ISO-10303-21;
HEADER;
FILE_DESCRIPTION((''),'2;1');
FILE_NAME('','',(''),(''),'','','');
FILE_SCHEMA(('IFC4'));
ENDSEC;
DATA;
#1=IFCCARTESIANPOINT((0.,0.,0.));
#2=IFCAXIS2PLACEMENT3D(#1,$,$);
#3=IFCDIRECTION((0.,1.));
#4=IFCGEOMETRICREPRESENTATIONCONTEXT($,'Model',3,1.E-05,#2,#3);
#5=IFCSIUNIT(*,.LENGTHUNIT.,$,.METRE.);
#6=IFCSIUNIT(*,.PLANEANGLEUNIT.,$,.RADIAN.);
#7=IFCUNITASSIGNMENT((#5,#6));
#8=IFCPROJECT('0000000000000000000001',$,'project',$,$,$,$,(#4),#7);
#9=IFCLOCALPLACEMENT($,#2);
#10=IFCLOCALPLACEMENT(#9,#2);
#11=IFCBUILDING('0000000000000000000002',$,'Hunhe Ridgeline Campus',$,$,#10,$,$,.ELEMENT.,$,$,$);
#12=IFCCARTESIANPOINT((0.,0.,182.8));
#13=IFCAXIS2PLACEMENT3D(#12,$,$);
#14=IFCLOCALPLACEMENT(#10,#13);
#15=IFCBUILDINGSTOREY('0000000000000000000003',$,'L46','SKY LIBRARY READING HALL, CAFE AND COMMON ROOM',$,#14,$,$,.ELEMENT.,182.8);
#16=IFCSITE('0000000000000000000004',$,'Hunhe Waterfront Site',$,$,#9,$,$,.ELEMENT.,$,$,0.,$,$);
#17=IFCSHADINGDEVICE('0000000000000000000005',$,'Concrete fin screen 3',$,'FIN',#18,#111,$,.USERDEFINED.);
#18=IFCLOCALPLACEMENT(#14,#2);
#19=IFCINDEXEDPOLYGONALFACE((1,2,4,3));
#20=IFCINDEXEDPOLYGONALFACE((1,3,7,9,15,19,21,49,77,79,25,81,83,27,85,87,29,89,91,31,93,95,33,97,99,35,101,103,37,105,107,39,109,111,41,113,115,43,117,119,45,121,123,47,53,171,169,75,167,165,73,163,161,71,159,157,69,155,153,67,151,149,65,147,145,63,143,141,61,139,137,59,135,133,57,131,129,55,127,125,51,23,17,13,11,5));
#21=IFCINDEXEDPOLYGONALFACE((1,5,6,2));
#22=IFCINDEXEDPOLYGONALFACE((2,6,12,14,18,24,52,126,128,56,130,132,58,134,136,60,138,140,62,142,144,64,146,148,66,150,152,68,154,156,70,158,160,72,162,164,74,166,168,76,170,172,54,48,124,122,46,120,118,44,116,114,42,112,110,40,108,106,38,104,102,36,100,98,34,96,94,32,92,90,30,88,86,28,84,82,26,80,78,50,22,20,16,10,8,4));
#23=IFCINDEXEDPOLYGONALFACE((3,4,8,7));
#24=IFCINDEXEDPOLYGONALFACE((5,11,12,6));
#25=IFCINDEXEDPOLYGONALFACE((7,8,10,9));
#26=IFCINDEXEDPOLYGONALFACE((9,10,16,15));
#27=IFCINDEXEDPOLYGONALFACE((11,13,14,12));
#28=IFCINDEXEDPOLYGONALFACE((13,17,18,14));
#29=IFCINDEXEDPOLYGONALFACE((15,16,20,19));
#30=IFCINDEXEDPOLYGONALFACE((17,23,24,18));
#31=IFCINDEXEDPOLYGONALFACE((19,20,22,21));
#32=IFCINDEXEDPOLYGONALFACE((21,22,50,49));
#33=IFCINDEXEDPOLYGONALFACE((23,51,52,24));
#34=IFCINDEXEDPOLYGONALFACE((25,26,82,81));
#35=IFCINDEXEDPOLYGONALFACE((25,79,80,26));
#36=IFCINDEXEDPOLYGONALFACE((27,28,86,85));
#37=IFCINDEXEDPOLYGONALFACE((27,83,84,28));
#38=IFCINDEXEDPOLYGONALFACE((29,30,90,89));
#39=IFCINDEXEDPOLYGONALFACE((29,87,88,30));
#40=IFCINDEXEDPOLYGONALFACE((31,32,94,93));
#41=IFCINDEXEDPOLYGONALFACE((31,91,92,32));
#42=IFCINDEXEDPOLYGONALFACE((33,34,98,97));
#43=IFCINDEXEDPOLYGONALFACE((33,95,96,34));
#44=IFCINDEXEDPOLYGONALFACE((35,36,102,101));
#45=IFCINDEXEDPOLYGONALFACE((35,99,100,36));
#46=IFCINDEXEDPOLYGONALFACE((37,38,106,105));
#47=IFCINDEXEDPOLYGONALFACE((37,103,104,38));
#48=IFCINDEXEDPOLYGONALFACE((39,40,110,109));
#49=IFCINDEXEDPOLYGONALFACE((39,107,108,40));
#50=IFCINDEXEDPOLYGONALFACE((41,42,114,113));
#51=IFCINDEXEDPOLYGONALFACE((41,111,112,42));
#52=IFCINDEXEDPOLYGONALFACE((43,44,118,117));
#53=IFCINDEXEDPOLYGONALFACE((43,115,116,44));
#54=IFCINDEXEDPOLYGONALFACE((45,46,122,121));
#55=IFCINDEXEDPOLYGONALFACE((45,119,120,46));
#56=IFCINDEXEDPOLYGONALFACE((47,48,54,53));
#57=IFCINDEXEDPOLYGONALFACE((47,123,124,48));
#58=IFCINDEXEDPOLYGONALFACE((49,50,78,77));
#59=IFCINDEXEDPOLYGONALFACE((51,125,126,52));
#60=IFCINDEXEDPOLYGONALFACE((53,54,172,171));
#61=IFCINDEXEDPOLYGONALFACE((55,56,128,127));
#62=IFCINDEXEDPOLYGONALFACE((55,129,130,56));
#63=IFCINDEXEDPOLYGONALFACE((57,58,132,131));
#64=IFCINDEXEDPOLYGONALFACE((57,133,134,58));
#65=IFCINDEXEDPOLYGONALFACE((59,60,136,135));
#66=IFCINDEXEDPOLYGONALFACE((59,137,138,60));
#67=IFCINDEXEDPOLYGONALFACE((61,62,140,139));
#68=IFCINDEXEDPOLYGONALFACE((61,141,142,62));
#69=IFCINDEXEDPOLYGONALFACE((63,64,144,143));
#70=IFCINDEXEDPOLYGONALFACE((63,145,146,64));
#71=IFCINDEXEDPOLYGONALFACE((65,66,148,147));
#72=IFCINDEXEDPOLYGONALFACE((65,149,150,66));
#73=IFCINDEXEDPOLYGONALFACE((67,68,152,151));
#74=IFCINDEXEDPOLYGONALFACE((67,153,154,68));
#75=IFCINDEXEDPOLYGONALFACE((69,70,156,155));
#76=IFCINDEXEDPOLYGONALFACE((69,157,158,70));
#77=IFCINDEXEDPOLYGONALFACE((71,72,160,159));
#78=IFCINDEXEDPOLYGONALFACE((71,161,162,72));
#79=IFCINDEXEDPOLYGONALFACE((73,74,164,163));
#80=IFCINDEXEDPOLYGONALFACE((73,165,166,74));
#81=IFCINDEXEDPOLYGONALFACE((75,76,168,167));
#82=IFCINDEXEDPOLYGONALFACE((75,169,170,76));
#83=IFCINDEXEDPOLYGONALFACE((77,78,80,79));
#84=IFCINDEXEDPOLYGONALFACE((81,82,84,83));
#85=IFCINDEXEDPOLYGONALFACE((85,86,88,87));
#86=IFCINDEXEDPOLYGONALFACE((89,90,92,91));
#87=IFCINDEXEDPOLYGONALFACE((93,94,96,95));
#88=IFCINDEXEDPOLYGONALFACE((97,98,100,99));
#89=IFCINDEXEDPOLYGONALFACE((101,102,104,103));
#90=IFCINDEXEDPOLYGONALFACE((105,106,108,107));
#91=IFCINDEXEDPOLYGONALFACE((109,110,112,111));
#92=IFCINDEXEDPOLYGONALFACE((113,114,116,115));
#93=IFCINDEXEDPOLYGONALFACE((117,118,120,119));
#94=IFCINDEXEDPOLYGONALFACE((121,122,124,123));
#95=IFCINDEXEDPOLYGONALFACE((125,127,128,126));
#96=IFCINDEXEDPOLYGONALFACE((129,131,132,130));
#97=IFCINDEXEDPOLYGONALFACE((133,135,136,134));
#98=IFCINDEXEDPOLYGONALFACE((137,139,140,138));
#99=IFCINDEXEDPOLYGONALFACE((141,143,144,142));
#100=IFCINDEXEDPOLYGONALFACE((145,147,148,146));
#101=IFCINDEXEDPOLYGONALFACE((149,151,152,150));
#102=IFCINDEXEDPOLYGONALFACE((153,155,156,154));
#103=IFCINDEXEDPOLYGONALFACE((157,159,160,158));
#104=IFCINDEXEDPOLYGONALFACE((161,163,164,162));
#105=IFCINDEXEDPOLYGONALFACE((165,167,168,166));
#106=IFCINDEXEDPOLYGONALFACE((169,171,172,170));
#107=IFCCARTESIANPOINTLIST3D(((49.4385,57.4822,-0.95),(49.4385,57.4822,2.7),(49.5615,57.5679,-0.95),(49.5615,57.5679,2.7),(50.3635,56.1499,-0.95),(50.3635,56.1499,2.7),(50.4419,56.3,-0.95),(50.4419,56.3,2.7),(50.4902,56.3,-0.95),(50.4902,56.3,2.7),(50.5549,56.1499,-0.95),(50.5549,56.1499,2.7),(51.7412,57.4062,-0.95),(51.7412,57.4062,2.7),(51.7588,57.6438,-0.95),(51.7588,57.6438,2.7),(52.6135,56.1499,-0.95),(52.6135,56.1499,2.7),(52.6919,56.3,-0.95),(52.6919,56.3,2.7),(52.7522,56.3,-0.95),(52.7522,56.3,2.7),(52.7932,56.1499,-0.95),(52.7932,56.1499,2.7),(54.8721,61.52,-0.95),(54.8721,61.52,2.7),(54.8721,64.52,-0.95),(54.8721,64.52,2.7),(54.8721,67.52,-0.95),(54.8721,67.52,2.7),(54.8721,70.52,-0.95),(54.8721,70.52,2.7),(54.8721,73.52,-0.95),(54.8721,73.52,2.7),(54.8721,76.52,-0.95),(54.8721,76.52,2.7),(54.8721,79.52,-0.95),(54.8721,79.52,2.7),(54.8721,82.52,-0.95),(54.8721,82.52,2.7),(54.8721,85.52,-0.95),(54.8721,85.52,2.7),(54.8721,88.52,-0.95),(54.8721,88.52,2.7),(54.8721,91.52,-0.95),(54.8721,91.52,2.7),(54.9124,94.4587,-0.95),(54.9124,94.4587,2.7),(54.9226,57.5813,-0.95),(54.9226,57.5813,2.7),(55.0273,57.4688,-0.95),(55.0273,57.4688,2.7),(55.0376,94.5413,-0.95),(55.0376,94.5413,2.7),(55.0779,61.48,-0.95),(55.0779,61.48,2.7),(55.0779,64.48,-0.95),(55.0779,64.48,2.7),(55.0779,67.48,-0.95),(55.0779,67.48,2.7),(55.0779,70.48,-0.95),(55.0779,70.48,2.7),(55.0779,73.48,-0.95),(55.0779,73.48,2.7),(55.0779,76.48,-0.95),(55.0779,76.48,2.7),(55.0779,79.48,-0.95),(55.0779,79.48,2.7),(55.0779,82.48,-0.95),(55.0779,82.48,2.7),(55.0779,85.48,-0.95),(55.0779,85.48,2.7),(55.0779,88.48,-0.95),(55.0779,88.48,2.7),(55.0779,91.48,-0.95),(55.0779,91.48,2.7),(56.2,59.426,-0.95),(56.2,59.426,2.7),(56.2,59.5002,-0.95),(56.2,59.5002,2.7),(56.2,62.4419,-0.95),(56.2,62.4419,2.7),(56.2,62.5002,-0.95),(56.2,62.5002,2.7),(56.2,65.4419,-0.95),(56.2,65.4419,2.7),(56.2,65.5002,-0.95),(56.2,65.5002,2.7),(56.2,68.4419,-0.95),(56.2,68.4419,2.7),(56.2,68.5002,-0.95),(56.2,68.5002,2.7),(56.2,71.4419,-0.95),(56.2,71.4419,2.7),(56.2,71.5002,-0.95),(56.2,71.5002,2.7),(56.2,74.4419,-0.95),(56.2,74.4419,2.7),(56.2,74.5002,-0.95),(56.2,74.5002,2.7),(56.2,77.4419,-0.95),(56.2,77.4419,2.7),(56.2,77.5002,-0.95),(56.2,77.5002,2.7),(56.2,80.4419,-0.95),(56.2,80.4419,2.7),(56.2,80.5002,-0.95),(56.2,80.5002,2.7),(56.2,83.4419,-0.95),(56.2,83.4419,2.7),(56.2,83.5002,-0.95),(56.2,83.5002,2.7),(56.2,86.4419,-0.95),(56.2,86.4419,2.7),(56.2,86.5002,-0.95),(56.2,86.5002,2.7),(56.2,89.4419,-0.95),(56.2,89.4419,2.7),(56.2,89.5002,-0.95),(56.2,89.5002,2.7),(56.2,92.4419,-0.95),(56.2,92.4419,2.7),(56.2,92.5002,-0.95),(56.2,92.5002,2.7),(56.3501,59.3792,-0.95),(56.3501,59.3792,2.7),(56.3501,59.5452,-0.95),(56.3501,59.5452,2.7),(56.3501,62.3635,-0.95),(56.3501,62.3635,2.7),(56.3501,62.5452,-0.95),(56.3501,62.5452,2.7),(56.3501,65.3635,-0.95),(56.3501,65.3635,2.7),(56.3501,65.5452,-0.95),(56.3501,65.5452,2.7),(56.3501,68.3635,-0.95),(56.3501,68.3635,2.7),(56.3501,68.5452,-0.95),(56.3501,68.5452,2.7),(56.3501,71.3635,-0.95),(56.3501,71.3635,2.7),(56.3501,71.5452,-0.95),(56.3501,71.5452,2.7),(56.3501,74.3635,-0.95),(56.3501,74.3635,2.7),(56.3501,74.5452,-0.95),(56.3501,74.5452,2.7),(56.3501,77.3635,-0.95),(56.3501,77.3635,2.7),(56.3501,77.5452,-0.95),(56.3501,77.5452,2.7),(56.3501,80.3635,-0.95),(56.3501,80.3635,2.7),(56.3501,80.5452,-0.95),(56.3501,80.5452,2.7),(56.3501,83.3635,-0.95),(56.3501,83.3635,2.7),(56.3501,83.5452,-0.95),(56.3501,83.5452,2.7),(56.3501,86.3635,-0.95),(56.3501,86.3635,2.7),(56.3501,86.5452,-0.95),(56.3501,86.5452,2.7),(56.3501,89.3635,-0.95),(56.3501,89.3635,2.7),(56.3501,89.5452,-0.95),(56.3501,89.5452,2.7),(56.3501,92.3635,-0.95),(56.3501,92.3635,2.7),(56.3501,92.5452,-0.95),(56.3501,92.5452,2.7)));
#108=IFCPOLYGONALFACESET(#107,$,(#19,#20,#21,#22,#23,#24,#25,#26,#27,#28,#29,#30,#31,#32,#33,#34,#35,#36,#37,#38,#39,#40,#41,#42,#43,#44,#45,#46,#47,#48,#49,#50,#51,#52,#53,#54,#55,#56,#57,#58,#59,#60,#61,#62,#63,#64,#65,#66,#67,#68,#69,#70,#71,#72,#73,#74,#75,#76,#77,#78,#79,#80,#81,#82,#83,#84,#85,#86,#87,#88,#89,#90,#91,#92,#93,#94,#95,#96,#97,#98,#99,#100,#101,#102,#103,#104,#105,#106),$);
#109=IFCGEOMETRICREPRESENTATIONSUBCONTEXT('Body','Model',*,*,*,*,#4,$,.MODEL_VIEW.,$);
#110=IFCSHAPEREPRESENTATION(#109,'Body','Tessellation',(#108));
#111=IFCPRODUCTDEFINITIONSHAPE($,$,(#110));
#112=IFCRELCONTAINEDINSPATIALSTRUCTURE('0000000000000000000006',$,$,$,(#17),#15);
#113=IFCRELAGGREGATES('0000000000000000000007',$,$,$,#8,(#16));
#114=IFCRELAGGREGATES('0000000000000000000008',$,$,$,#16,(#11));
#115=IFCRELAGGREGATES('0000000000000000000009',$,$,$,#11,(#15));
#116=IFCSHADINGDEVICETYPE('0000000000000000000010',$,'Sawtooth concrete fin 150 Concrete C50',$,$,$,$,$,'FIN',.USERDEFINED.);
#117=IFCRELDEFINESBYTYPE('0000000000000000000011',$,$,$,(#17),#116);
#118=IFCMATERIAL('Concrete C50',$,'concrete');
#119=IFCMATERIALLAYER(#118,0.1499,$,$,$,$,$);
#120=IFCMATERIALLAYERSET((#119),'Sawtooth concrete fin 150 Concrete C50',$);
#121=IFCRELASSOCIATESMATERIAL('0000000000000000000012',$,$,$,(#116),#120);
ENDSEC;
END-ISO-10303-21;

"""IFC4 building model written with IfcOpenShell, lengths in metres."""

from ifc_helpers import new_model, si_unit, direction, frame, origin, place, context, subcontext, project, spatial, polyline, outline, extrude, material, layer, layer_set, type_object, element, save


model = new_model("IFC4")

# Units and contexts
model_context = context("Model", 3, precision=1e-05, world=origin(), true_north=direction((0.0, 1.0)))
body_context = subcontext(model_context, "Body", "Model", "MODEL_VIEW")
ifc_project = project(units=[si_unit("LENGTHUNIT", "METRE"), si_unit("PLANEANGLEUNIT", "RADIAN")], contexts=[model_context])

# Site, building, storey
site_placement = place(None, origin())
site = spatial("IfcSite", under=ifc_project, at=site_placement, Name="Hunhe Waterfront Site", CompositionType="ELEMENT", RefElevation=0.0)
building_placement = place(site_placement, origin())
building = spatial("IfcBuilding", under=site, at=building_placement, Name="Hunhe Ridgeline Campus", CompositionType="ELEMENT")
storey_placement = place(building_placement, frame((0.0, 0.0, 182.8)))
storey = spatial("IfcBuildingStorey", under=building, at=storey_placement, Name="L46", Description="SKY LIBRARY READING HALL, CAFE AND COMMON ROOM", CompositionType="ELEMENT", Elevation=182.8)

# Shading device
ifc_material_1 = material(Name="Concrete C50", Category="concrete")
ifc_layer_1 = layer(ifc_material_1, 0.1499)
ifc_layer_set_1 = layer_set([ifc_layer_1], Name="Sawtooth concrete fin 150 Concrete C50")
shading_device_type = type_object("IfcShadingDeviceType", Name="Sawtooth concrete fin 150 Concrete C50", ElementType="FIN", PredefinedType="USERDEFINED", material=ifc_layer_set_1)
shading_device_1_placement = place(storey_placement, frame((0.0, 0.0, -0.95)))
element("IfcShadingDevice", 1, at=shading_device_1_placement, inside=storey, type_object=shading_device_type, Name="Concrete fin screen 3", ObjectType="FIN", PredefinedType="USERDEFINED", context=body_context, shape_type="SweptSolid", body=[
    extrude(outline(polyline([(49.5615, 57.5679), (49.4385, 57.4822), (50.3635, 56.1499), (50.5549, 56.1499), (51.7412, 57.4062), (52.6135, 56.1499), (52.7932, 56.1499), (55.0273, 57.4688), (56.3501, 59.3792), (56.3501, 59.5452), (55.0779, 61.48), (56.3501, 62.3635), (56.3501, 62.5452), (55.0779, 64.48), (56.3501, 65.3635), (56.3501, 65.5452), (55.0779, 67.48), (56.3501, 68.3635), (56.3501, 68.5452), (55.0779, 70.48), (56.3501, 71.3635), (56.3501, 71.5452), (55.0779, 73.48), (56.3501, 74.3635), (56.3501, 74.5452), (55.0779, 76.48), (56.3501, 77.3635), (56.3501, 77.5452), (55.0779, 79.48), (56.3501, 80.3635), (56.3501, 80.5452), (55.0779, 82.48), (56.3501, 83.3635), (56.3501, 83.5452), (55.0779, 85.48), (56.3501, 86.3635), (56.3501, 86.5452), (55.0779, 88.48), (56.3501, 89.3635), (56.3501, 89.5452), (55.0779, 91.48), (56.3501, 92.3635), (56.3501, 92.5452), (55.0376, 94.5413), (54.9124, 94.4587), (56.2, 92.5002), (56.2, 92.4419), (54.8721, 91.52), (56.2, 89.5002), (56.2, 89.4419), (54.8721, 88.52), (56.2, 86.5002), (56.2, 86.4419), (54.8721, 85.52), (56.2, 83.5002), (56.2, 83.4419), (54.8721, 82.52), (56.2, 80.5002), (56.2, 80.4419), (54.8721, 79.52), (56.2, 77.5002), (56.2, 77.4419), (54.8721, 76.52), (56.2, 74.5002), (56.2, 74.4419), (54.8721, 73.52), (56.2, 71.5002), (56.2, 71.4419), (54.8721, 70.52), (56.2, 68.5002), (56.2, 68.4419), (54.8721, 67.52), (56.2, 65.5002), (56.2, 65.4419), (54.8721, 64.52), (56.2, 62.5002), (56.2, 62.4419), (54.8721, 61.52), (56.2, 59.5002), (56.2, 59.426), (54.9226, 57.5813), (52.7522, 56.3), (52.6919, 56.3), (51.7588, 57.6438), (50.4902, 56.3), (50.4419, 56.3), (49.5615, 57.5679)])), origin(), (0.0, 0.0, 1.0), 3.6499),
])

save(model, "model.ifc")
